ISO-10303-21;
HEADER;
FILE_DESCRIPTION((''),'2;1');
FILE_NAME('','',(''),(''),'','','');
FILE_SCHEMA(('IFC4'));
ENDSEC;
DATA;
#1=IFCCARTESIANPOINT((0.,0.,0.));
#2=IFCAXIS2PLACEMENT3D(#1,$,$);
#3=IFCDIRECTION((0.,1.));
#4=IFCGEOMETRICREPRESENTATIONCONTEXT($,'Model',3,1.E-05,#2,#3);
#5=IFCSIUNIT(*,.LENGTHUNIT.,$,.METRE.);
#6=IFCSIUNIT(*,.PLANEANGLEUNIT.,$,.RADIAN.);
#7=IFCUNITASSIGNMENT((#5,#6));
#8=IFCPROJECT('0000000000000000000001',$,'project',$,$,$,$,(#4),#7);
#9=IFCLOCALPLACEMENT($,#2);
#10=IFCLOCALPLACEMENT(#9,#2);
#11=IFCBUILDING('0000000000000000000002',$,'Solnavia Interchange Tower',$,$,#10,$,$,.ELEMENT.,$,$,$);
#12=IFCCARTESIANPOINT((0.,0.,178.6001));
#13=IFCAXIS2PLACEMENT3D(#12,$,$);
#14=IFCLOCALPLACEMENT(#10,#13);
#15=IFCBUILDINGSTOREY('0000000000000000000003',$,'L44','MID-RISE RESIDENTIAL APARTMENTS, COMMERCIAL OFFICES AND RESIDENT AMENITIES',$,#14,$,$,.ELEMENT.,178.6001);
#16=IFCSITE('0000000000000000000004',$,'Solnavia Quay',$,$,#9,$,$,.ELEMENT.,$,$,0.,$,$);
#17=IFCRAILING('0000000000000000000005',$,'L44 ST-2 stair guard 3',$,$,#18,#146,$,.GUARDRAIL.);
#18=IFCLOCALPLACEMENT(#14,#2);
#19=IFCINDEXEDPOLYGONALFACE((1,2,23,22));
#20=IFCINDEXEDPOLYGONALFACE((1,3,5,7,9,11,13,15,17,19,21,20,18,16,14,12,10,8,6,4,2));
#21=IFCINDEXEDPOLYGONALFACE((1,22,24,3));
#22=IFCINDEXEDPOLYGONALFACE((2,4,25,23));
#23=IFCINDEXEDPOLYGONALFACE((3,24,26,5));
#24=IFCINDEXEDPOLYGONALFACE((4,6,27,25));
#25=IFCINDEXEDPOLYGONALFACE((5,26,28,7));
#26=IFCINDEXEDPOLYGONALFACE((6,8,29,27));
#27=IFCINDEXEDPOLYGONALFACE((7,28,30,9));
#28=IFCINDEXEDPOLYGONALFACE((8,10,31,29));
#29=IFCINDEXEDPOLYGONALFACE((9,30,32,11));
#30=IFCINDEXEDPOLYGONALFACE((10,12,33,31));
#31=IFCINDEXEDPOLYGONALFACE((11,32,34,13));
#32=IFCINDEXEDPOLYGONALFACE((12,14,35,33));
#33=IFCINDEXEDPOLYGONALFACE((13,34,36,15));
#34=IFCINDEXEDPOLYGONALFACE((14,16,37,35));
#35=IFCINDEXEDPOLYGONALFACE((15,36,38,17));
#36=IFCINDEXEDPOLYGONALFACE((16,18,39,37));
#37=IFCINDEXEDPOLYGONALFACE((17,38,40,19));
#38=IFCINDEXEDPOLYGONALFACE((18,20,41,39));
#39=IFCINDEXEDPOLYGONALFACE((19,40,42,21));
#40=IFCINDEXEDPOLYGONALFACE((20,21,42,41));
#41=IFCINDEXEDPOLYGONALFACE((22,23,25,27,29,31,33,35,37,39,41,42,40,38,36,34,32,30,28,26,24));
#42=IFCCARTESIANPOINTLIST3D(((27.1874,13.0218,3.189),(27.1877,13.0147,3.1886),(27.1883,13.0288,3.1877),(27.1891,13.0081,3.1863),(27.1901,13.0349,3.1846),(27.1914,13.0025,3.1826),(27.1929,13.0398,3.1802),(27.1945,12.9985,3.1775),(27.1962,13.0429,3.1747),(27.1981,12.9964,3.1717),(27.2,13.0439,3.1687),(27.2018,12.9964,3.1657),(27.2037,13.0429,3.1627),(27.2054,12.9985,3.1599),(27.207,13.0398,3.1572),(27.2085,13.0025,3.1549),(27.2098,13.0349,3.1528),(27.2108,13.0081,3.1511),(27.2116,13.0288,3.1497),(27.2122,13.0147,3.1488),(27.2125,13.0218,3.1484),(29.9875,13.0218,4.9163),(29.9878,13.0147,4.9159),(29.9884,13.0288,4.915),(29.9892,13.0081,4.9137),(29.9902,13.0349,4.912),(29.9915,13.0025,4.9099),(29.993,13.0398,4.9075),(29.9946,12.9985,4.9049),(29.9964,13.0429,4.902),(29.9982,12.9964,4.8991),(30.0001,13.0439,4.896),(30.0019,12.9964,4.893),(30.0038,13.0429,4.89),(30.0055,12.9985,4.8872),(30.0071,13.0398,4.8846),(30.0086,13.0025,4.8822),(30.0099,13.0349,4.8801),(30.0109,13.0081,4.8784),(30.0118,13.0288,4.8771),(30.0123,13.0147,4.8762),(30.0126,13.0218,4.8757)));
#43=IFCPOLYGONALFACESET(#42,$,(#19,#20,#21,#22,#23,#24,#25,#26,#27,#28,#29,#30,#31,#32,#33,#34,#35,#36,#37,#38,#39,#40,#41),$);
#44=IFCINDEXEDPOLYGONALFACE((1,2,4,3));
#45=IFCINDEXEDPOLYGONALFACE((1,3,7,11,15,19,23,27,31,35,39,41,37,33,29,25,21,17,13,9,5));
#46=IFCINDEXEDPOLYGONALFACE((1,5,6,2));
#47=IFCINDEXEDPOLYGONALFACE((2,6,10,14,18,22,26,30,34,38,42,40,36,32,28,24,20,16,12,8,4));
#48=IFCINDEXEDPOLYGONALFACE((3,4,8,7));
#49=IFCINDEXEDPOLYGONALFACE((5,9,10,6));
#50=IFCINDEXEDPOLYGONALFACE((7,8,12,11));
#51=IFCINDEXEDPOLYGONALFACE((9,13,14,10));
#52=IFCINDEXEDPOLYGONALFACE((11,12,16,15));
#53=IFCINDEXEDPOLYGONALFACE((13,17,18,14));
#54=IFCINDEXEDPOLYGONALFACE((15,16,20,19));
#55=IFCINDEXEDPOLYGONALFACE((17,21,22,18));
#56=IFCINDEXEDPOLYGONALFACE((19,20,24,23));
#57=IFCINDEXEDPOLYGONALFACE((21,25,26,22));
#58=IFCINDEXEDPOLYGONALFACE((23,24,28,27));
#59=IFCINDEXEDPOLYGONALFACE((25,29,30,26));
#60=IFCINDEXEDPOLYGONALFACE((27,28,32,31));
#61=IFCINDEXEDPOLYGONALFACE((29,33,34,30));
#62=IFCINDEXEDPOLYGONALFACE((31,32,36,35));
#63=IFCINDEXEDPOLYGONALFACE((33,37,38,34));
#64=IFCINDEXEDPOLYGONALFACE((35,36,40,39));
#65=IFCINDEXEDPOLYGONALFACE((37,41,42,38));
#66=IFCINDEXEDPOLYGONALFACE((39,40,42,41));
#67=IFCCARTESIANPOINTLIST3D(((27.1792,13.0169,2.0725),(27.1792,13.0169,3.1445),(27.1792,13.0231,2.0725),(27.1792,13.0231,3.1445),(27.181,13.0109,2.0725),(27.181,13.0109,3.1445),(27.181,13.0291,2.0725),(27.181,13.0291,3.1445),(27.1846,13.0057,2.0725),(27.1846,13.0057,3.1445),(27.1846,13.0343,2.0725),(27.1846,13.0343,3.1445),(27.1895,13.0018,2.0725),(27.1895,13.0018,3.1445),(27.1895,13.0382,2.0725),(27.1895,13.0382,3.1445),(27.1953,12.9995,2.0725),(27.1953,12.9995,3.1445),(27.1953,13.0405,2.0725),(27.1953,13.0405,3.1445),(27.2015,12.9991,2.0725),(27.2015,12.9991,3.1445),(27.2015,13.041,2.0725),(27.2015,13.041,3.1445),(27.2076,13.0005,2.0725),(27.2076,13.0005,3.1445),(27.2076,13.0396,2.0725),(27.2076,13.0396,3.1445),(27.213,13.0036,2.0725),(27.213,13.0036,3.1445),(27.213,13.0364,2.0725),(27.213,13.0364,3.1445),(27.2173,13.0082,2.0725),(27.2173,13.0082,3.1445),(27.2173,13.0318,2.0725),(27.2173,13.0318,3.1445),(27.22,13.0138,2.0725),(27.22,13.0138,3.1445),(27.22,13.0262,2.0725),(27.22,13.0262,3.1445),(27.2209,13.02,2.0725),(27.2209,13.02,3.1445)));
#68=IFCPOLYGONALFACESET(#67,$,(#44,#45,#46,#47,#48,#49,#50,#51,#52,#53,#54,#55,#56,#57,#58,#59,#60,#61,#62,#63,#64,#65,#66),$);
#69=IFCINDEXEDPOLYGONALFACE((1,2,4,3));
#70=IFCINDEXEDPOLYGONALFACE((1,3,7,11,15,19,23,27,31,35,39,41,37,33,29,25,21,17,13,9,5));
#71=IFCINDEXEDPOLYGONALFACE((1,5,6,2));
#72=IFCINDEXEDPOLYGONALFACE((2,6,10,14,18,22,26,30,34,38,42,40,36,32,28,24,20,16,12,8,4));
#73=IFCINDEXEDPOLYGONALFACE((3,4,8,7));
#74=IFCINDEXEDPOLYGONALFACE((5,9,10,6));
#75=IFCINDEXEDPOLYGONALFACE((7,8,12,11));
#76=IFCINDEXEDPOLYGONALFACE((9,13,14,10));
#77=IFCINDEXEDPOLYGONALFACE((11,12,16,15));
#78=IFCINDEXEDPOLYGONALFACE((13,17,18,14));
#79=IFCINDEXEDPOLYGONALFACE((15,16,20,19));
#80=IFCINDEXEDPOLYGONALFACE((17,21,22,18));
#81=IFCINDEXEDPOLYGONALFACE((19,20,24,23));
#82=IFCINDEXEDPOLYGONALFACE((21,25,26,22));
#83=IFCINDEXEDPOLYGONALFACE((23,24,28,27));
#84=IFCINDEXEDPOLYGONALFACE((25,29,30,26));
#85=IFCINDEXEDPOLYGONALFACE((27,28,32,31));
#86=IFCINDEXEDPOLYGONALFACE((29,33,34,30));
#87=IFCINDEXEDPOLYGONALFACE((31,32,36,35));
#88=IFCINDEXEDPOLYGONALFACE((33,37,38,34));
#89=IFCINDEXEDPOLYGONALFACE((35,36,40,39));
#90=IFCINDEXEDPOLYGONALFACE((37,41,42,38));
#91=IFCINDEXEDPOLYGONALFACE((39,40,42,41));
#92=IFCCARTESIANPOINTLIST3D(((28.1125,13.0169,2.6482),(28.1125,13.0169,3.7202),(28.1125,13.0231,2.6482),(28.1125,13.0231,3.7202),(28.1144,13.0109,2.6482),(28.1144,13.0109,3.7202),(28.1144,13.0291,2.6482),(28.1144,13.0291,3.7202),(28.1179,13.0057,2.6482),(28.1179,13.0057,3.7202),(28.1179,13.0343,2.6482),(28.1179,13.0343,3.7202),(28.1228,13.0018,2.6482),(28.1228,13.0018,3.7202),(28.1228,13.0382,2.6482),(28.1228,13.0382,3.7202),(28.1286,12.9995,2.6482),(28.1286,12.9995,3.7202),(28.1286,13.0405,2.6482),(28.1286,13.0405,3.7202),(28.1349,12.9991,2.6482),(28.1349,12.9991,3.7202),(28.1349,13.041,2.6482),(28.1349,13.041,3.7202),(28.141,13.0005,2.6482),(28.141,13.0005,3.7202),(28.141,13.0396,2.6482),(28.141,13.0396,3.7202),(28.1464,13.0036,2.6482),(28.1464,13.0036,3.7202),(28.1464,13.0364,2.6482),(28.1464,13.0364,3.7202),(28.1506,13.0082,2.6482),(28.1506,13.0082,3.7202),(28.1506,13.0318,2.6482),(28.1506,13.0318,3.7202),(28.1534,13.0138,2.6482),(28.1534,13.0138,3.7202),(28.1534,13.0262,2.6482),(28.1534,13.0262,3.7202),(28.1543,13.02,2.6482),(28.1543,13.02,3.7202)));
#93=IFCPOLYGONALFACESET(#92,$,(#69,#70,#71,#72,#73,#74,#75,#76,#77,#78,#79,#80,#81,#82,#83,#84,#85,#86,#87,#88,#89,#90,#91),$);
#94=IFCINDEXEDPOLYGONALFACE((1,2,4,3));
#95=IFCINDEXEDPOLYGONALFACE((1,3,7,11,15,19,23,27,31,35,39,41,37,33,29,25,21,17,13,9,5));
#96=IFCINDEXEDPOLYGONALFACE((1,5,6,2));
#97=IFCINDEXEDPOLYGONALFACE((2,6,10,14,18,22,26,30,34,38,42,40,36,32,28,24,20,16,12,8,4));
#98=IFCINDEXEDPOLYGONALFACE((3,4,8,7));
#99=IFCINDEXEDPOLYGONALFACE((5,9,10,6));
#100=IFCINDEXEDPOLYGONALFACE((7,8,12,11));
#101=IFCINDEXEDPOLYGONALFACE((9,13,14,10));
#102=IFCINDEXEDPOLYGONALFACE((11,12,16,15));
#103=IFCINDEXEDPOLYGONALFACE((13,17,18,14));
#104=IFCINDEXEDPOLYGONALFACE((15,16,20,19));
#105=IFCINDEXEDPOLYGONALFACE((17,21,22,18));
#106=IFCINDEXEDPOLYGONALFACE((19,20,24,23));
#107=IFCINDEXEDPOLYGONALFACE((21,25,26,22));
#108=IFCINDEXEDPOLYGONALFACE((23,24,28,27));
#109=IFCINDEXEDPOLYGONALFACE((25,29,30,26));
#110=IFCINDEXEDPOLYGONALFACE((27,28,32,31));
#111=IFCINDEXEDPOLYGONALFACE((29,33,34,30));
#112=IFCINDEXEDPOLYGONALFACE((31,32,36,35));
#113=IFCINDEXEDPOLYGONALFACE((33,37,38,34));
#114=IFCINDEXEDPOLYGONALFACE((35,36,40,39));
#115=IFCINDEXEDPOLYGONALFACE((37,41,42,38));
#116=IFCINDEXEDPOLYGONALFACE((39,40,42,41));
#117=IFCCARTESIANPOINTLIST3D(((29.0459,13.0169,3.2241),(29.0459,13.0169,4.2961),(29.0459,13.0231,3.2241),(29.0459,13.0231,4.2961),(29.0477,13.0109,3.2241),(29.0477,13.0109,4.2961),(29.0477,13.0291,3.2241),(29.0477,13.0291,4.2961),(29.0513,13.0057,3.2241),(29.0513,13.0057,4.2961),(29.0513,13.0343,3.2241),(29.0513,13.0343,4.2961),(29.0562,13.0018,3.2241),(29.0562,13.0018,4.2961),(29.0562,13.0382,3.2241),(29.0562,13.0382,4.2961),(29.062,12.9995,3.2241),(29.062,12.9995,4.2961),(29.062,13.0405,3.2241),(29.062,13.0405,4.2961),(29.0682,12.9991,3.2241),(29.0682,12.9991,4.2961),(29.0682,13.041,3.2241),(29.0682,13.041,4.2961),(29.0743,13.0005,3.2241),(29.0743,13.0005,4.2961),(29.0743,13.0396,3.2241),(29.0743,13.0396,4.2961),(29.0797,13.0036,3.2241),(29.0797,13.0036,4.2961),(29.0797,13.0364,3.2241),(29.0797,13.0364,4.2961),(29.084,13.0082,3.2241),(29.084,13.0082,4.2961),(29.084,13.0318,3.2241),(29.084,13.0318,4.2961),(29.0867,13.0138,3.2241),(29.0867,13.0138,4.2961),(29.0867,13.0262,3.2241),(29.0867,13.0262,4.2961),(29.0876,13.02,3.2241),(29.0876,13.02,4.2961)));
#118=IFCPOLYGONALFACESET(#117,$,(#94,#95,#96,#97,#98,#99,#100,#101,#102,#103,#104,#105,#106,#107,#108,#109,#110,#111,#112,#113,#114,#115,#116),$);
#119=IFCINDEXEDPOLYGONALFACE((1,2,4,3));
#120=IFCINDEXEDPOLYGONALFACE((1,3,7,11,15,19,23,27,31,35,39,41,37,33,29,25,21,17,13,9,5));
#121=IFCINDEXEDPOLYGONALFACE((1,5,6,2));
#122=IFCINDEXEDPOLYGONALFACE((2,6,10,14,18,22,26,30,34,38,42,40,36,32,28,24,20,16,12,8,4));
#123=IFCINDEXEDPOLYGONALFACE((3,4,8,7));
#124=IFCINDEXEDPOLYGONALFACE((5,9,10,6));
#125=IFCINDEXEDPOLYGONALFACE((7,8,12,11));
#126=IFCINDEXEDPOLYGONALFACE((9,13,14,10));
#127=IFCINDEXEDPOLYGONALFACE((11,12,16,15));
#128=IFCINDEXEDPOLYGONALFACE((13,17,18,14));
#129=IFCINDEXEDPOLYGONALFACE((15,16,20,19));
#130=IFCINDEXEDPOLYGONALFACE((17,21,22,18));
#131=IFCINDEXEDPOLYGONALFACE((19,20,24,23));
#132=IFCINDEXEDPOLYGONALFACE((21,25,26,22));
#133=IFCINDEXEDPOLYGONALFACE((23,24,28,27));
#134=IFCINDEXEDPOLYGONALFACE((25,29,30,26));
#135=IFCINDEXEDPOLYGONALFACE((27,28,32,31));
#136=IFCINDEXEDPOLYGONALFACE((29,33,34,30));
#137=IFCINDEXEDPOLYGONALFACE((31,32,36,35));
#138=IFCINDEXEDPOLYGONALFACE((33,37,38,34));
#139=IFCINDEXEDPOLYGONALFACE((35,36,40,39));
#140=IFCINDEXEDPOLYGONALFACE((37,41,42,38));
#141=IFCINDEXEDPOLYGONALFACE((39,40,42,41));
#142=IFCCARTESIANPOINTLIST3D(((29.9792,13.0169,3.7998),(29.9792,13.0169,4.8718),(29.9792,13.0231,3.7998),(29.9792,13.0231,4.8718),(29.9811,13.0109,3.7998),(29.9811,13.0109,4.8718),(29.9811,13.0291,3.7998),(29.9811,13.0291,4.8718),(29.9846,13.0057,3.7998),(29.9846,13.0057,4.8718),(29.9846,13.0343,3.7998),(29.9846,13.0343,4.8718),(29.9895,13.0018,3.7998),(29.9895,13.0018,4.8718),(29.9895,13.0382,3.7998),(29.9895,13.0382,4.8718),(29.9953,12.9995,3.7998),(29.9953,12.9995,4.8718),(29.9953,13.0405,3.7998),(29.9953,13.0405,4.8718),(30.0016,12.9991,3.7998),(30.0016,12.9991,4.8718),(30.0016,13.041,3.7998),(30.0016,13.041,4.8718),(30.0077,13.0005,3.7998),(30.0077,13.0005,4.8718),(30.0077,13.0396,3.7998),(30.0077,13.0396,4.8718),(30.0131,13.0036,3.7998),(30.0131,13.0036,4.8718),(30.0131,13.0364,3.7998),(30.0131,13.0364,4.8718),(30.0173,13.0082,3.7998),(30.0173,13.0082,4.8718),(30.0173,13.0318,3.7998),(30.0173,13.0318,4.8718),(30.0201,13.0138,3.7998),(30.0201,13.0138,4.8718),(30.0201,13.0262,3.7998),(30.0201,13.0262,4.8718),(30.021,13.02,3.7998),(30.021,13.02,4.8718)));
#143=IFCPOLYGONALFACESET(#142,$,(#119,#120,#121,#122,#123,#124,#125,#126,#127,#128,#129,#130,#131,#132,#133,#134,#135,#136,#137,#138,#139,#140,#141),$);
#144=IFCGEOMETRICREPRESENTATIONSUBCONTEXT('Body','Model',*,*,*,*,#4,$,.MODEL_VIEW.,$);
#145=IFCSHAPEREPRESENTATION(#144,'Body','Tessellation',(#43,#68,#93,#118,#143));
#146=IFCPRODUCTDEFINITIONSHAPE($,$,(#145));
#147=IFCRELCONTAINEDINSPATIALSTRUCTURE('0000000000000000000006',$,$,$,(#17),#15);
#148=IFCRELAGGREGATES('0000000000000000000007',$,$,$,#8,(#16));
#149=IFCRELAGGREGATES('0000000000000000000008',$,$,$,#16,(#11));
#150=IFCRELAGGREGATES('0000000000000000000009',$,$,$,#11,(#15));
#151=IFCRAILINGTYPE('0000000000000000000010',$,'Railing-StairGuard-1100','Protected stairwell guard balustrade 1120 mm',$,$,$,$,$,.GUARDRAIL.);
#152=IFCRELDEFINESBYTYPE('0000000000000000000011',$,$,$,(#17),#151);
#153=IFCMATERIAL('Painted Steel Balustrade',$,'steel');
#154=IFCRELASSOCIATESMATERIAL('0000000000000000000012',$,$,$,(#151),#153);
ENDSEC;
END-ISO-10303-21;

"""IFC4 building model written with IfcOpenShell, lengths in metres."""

from ifc_helpers import new_model, si_unit, direction, frame, origin, origin_2d, place, context, subcontext, project, spatial, circle, extrude, material, type_object, element, save


model = new_model("IFC4")

# Units and contexts
model_context = context("Model", 3, precision=1e-05, world=origin(), true_north=direction((0.0, 1.0)))
body_context = subcontext(model_context, "Body", "Model", "MODEL_VIEW")
ifc_project = project(units=[si_unit("LENGTHUNIT", "METRE"), si_unit("PLANEANGLEUNIT", "RADIAN")], contexts=[model_context])

# Site, building, storey
site_placement = place(None, origin())
site = spatial("IfcSite", under=ifc_project, at=site_placement, Name="Solnavia Quay", CompositionType="ELEMENT", RefElevation=0.0)
building_placement = place(site_placement, origin())
building = spatial("IfcBuilding", under=site, at=building_placement, Name="Solnavia Interchange Tower", CompositionType="ELEMENT")
storey_placement = place(building_placement, frame((0.0, 0.0, 178.6001)))
storey = spatial("IfcBuildingStorey", under=building, at=storey_placement, Name="L44", Description="MID-RISE RESIDENTIAL APARTMENTS, COMMERCIAL OFFICES AND RESIDENT AMENITIES", CompositionType="ELEMENT", Elevation=178.6001)

# Railing
ifc_material_1 = material(Name="Painted Steel Balustrade", Category="steel")
railing_type_1 = type_object("IfcRailingType", Name="Railing-StairGuard-1100", Description="Protected stairwell guard balustrade 1120 mm", PredefinedType="GUARDRAIL", material=ifc_material_1)
railing_1_placement = place(storey_placement, frame((27.2, 13.02, 2.0725)))
element("IfcRailing", 1, at=railing_1_placement, inside=storey, type_object=railing_type_1, Name="L44 ST-2 stair guard 3", PredefinedType="GUARDRAIL", context=body_context, shape_type="SweptSolid", body=[
    extrude(circle(Radius=0.0239, at=origin_2d()), frame((0.0, 0.0, 1.0962), z_axis=(0.85109, 0.0, 0.52502), x_axis=(0.0, 1.0, 0.0)), (0.0, 0.0, 1.0), 3.29),
    extrude(circle(Radius=0.021, at=origin_2d()), origin(), (0.0, 0.0, 1.0), 1.072),
    extrude(circle(Radius=0.021, at=origin_2d()), frame((0.9333, 0.0, 0.5757)), (0.0, 0.0, 1.0), 1.072),
    extrude(circle(Radius=0.021, at=origin_2d()), frame((1.8667, 0.0, 1.1516)), (0.0, 0.0, 1.0), 1.072),
    extrude(circle(Radius=0.021, at=origin_2d()), frame((2.8, 0.0, 1.7273)), (0.0, 0.0, 1.0), 1.072),
])

save(model, "model.ifc")
